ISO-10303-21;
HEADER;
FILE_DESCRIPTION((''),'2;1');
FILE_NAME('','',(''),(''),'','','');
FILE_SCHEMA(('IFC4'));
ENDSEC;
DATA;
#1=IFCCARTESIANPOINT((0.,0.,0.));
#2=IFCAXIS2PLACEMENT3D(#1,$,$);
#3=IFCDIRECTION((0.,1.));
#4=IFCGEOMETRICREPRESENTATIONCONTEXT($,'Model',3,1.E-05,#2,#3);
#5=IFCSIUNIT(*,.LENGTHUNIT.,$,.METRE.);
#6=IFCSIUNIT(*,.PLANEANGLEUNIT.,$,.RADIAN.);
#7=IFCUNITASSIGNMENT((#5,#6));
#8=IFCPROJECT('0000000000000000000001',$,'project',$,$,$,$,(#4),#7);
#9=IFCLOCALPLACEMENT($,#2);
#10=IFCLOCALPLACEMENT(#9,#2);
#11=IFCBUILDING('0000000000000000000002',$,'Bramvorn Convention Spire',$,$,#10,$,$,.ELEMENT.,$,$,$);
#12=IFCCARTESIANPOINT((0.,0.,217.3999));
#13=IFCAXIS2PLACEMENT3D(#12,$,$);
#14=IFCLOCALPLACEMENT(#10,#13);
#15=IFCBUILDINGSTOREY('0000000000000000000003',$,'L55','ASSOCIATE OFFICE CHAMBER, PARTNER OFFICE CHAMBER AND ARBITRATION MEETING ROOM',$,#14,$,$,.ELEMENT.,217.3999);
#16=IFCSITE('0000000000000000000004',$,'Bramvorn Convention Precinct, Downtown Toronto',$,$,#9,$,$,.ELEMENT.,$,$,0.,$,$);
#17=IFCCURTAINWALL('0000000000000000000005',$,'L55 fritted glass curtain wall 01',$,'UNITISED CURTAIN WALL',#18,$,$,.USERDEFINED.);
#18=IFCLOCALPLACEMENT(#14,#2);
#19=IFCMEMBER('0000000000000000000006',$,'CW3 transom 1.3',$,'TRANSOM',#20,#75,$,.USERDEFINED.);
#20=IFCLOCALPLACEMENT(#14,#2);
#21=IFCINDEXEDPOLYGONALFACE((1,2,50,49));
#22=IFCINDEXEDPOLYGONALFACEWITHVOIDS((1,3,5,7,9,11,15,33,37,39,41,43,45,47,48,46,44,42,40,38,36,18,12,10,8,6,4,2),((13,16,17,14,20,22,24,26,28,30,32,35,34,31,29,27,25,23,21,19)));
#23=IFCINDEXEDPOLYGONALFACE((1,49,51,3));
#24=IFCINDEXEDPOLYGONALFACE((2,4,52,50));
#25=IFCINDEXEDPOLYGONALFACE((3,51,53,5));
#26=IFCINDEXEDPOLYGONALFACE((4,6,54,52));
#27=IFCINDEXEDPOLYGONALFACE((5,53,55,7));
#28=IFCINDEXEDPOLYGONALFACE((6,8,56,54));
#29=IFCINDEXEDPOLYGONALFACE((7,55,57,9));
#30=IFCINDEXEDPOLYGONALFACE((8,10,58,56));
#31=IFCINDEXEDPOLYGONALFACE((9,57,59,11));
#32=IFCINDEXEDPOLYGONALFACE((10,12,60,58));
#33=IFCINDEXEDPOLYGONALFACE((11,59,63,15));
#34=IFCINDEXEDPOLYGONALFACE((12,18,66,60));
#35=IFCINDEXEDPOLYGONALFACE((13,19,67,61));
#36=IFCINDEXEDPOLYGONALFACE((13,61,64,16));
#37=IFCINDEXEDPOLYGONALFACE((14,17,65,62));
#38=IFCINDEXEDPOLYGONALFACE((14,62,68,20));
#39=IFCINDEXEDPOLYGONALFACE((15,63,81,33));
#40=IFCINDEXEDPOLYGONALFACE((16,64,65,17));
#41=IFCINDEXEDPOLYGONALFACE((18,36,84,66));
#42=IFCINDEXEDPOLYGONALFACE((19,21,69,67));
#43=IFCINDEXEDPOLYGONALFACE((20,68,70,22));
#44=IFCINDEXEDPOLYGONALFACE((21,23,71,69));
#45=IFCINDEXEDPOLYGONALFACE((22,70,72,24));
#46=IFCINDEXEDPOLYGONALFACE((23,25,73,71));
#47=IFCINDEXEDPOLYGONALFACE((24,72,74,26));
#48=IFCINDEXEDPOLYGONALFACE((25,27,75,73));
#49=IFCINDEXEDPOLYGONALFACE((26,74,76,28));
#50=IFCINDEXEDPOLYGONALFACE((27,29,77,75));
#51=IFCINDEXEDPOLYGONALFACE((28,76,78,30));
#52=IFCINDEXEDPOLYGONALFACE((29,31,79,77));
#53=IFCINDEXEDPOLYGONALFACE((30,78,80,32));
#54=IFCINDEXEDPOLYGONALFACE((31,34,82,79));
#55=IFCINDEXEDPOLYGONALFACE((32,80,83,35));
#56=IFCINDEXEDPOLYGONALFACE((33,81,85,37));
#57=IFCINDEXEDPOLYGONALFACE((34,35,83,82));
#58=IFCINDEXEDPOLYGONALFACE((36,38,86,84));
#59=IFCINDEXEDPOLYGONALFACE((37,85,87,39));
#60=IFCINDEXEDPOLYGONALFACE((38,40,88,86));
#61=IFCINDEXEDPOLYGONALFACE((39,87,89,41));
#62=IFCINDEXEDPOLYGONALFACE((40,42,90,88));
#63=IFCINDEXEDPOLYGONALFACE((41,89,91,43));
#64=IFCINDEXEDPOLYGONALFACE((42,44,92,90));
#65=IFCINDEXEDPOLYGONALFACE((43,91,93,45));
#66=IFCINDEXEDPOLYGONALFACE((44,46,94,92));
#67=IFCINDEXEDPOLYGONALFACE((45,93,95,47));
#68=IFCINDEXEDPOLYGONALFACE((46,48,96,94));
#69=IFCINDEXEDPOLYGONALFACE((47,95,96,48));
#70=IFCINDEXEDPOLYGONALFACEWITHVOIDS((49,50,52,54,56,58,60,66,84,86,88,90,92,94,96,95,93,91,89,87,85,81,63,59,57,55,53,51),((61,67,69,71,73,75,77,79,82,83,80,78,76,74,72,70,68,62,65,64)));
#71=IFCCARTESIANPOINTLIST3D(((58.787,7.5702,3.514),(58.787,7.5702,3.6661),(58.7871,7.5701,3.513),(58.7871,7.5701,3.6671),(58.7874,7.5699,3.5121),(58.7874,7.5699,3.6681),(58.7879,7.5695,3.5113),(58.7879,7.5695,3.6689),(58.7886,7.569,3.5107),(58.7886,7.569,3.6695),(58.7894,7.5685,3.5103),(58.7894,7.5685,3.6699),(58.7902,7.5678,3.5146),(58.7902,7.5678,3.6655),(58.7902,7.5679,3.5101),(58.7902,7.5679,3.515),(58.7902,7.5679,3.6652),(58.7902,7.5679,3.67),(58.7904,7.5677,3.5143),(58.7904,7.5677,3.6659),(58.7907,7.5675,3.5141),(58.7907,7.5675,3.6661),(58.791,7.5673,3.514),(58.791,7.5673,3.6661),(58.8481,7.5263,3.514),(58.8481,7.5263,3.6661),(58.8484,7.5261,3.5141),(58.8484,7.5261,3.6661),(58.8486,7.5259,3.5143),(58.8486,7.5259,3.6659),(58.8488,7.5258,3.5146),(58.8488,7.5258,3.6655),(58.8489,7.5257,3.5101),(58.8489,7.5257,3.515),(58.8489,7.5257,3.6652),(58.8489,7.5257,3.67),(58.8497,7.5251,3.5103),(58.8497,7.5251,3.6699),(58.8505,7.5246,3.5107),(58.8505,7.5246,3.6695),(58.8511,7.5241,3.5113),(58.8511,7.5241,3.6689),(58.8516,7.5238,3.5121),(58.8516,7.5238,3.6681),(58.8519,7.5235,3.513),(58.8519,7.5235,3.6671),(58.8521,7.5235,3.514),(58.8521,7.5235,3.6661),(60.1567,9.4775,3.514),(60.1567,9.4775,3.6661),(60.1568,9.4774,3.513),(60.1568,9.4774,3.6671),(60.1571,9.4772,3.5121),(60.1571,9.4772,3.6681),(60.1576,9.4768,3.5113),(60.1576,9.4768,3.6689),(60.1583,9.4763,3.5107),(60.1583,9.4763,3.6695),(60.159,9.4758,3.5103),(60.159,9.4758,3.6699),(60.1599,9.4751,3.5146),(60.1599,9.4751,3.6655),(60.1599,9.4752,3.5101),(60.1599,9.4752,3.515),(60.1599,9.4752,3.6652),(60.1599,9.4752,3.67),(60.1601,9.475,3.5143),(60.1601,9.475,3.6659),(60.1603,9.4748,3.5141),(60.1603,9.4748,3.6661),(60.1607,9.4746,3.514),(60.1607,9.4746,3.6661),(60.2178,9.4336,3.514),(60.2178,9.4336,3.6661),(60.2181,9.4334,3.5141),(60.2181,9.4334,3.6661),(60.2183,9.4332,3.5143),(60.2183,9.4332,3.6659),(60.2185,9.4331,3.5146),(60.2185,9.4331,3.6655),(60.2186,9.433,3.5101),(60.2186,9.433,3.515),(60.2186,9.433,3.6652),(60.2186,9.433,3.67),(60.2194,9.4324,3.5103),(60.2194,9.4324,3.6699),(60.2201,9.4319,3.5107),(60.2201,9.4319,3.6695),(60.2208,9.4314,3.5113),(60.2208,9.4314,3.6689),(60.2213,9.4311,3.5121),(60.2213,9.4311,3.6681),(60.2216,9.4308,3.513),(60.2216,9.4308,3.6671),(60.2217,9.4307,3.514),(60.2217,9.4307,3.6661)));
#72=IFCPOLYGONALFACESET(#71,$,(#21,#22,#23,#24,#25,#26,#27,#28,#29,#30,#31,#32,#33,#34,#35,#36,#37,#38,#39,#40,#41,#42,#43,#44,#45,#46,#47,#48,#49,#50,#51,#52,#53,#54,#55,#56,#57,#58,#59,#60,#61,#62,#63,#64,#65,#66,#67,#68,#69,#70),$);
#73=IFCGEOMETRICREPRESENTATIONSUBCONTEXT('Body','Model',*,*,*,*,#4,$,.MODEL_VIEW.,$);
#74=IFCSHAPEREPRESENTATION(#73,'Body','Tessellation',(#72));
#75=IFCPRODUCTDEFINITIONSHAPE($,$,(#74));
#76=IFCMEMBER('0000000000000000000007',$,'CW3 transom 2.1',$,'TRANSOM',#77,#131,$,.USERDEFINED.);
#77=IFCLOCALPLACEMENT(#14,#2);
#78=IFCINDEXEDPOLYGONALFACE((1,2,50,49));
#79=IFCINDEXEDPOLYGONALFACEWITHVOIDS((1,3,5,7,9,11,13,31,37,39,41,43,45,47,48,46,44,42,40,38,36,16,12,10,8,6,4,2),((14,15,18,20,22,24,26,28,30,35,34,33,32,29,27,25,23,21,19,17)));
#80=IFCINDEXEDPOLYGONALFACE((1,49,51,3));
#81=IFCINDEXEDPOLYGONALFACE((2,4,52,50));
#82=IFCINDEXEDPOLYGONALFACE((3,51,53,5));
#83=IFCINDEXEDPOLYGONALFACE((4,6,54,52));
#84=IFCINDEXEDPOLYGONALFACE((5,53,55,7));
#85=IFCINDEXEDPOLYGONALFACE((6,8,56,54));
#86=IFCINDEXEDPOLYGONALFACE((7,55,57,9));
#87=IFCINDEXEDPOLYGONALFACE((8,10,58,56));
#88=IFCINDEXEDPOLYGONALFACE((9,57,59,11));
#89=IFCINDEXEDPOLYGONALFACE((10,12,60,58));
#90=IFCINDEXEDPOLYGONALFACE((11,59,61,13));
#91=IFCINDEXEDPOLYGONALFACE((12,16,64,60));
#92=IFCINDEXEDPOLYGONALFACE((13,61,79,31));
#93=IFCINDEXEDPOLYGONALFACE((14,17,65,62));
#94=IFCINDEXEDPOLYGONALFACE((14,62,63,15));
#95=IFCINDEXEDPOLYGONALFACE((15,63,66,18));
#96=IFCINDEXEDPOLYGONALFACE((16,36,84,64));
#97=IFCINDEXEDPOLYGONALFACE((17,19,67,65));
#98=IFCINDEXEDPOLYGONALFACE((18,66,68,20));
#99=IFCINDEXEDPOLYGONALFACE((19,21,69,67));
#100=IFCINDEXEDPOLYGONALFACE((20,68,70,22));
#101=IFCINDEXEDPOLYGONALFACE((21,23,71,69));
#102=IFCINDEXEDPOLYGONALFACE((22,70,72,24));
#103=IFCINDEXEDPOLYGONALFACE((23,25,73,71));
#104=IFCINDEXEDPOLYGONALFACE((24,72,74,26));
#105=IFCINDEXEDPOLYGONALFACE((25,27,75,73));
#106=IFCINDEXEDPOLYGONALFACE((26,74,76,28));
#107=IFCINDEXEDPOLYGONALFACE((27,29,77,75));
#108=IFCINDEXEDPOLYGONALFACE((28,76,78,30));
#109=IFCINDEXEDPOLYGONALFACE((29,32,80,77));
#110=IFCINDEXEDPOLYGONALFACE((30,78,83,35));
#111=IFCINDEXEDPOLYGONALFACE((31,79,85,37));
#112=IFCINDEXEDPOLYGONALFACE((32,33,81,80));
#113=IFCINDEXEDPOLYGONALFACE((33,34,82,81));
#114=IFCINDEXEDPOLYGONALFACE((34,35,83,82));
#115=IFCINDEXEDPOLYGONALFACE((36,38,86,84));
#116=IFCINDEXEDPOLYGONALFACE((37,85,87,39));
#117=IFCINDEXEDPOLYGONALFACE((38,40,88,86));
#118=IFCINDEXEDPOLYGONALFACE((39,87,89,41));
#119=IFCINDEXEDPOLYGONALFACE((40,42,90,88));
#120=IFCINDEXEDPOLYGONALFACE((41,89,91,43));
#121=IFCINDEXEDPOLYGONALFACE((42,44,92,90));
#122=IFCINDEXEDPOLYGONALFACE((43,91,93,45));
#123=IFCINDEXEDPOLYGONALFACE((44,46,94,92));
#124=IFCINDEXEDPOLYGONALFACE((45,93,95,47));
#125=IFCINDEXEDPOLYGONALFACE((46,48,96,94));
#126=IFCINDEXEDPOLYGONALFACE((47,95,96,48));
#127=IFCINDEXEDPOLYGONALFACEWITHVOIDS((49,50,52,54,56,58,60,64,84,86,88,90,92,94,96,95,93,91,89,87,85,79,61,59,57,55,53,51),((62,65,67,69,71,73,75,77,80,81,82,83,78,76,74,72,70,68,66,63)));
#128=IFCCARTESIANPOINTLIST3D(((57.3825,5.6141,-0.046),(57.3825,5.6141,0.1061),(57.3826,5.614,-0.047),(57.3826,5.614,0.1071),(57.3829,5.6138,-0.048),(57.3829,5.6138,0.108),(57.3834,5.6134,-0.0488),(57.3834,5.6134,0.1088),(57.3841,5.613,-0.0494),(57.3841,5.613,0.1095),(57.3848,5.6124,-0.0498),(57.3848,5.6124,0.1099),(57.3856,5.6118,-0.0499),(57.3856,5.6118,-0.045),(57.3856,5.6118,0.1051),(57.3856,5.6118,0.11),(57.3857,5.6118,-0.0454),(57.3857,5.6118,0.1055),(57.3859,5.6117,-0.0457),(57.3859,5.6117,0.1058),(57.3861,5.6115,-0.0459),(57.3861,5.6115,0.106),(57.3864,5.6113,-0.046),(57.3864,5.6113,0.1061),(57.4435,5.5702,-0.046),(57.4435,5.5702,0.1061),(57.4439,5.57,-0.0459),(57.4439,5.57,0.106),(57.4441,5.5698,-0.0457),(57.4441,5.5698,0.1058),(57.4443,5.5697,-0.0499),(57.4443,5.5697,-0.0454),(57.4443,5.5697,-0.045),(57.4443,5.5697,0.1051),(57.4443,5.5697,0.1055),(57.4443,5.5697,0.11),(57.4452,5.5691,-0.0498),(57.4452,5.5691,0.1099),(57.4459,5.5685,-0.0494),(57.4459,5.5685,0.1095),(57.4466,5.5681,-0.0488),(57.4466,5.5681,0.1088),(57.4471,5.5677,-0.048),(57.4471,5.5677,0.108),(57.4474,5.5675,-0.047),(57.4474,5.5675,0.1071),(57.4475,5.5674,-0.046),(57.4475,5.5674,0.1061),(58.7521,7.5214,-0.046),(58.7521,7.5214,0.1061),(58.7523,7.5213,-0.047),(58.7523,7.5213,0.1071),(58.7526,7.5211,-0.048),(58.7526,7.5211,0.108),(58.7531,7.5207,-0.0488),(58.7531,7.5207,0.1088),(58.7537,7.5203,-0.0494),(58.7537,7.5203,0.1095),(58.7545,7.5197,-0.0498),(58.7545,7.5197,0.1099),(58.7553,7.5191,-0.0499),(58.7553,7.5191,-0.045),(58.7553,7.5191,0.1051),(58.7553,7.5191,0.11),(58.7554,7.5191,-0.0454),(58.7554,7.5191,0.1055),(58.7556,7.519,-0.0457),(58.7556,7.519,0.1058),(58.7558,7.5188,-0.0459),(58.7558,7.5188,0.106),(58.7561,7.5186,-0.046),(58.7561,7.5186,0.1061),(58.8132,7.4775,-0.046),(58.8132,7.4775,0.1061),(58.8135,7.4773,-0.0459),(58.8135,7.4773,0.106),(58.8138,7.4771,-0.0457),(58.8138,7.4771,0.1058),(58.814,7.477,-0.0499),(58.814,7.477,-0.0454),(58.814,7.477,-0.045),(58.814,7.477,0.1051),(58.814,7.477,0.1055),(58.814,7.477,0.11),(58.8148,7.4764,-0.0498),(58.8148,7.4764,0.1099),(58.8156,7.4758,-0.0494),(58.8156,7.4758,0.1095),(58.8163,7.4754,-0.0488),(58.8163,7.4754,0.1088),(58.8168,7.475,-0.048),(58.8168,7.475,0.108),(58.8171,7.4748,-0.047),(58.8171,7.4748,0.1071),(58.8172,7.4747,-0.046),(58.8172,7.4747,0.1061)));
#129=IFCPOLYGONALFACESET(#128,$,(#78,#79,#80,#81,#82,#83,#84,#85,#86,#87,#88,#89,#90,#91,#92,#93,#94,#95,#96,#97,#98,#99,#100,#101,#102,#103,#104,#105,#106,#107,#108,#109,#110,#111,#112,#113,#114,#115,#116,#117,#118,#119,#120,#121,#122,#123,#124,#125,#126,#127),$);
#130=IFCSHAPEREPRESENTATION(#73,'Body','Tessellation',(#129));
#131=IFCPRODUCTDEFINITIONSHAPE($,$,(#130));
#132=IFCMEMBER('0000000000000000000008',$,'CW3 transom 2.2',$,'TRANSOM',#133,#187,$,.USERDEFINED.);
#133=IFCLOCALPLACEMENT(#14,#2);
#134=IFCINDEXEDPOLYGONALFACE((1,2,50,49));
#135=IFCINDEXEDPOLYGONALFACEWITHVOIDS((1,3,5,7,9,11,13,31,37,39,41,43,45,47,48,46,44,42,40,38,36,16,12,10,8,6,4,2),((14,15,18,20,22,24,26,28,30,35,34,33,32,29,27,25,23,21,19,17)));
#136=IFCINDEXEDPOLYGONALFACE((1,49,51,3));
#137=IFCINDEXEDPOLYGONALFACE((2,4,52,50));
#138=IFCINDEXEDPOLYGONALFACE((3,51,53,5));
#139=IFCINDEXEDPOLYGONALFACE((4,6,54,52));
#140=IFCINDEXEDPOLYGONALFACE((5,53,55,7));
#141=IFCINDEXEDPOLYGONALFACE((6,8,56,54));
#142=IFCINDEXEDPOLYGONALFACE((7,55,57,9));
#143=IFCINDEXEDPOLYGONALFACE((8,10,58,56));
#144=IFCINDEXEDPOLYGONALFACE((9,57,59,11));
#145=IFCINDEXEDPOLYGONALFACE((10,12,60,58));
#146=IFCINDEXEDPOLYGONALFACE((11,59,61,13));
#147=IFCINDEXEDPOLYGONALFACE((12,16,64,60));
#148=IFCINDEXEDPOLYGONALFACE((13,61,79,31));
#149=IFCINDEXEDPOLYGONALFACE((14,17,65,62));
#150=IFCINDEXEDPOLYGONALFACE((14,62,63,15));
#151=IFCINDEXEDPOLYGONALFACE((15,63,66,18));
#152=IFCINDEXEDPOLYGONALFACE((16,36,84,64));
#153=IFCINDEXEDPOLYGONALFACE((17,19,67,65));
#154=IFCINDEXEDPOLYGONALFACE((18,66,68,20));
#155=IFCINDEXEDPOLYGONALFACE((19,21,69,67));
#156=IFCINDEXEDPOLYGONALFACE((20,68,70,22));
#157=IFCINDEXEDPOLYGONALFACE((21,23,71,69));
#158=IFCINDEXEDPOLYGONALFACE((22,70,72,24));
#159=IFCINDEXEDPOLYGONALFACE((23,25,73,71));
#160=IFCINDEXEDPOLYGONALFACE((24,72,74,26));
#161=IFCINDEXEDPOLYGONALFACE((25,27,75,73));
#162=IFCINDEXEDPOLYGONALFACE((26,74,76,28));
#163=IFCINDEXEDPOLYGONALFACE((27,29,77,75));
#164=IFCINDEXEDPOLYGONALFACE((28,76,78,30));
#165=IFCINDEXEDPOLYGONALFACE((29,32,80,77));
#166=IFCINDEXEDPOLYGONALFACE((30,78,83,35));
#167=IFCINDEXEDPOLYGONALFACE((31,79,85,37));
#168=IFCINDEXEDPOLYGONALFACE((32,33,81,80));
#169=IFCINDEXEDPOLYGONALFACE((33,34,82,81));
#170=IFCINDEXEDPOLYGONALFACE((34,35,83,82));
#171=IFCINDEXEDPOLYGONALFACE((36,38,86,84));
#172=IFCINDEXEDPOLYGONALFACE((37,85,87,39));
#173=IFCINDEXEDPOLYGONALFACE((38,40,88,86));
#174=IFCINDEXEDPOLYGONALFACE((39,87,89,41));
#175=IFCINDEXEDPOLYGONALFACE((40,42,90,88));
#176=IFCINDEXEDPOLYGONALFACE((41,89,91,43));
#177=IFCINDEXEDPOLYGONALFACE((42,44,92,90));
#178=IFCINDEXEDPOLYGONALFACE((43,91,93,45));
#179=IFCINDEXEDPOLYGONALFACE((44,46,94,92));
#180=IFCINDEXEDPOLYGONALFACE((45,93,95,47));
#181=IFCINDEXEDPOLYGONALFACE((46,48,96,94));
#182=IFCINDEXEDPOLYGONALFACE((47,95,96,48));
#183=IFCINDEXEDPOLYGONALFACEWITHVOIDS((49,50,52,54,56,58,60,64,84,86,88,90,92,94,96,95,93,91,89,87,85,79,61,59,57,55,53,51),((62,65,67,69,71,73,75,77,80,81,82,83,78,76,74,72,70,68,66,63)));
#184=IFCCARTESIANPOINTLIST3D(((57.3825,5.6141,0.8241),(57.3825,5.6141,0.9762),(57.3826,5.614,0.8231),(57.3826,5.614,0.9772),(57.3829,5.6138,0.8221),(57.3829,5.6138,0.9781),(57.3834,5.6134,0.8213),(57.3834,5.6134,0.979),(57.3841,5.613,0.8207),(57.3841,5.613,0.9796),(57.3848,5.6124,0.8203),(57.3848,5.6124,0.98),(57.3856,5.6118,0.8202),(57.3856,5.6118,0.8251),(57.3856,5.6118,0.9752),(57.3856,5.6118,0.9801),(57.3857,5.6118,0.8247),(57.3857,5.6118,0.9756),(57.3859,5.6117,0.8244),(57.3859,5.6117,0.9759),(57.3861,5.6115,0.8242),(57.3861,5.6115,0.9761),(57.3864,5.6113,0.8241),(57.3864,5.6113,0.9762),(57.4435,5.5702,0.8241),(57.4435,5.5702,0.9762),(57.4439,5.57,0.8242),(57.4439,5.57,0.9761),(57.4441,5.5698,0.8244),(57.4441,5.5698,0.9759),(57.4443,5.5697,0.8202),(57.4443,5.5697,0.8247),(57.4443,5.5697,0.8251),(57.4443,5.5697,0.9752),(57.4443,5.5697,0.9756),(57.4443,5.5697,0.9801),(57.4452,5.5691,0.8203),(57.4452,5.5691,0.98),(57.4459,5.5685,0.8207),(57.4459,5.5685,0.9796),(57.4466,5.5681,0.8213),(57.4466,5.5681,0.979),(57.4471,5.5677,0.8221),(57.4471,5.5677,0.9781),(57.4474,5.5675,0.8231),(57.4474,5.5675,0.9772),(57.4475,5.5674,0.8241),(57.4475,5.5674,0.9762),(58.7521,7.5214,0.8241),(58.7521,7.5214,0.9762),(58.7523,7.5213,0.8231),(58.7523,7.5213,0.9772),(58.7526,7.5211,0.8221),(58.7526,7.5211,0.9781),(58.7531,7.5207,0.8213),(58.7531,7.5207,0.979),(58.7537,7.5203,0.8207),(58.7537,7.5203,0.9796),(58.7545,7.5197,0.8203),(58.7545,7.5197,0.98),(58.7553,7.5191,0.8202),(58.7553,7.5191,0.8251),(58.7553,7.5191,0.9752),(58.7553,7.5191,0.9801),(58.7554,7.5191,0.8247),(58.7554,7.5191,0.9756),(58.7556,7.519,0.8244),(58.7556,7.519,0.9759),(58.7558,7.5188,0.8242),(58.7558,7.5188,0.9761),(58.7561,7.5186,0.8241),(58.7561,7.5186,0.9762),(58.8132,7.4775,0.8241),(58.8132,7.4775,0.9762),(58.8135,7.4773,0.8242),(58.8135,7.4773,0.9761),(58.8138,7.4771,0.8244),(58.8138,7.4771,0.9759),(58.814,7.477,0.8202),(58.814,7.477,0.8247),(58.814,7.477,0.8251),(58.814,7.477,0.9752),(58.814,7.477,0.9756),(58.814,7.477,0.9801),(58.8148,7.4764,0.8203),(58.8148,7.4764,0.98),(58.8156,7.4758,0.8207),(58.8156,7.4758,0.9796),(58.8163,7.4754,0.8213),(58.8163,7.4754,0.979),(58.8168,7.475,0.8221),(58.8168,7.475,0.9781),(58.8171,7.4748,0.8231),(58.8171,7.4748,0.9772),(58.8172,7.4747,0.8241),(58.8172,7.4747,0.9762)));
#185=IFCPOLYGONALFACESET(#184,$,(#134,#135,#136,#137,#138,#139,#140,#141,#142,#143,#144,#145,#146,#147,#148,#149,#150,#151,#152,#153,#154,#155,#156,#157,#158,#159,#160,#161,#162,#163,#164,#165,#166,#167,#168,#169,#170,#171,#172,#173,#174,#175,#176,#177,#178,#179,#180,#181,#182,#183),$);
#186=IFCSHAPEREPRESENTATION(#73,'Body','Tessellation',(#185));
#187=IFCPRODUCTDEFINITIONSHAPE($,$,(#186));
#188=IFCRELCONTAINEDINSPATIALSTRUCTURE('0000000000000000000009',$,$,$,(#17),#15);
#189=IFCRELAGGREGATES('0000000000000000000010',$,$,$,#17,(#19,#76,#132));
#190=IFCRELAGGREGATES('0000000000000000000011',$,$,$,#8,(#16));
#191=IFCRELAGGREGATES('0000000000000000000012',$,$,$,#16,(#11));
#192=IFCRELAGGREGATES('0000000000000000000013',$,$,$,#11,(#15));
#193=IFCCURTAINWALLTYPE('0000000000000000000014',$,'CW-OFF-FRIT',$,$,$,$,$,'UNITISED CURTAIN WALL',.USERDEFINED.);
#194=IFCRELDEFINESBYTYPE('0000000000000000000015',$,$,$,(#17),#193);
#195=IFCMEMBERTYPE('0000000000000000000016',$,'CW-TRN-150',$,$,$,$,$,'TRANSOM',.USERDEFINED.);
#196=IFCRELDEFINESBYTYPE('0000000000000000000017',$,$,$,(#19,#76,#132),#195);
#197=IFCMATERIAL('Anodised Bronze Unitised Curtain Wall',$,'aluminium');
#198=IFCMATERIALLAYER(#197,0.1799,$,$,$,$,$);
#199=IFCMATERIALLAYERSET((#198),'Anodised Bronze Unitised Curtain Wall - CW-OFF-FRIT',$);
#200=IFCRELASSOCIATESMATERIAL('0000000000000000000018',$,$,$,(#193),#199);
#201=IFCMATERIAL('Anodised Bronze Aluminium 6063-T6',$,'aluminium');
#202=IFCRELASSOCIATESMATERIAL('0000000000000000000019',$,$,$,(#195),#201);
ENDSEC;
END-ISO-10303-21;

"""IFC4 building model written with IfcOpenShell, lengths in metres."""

from ifc_helpers import new_model, si_unit, direction, frame, origin, origin_2d, place, context, subcontext, project, spatial, hollow_rectangle, extrude, material, layer, layer_set, material_profile, profile_set, type_object, element, aggregate, save


model = new_model("IFC4")

# Units and contexts
model_context = context("Model", 3, precision=1e-05, world=origin(), true_north=direction((0.0, 1.0)))
body_context = subcontext(model_context, "Body", "Model", "MODEL_VIEW")
ifc_project = project(units=[si_unit("LENGTHUNIT", "METRE"), si_unit("PLANEANGLEUNIT", "RADIAN")], contexts=[model_context])

# Site, building, storey
site_placement = place(None, origin())
site = spatial("IfcSite", under=ifc_project, at=site_placement, Name="Bramvorn Convention Precinct, Downtown Toronto", CompositionType="ELEMENT", RefElevation=0.0)
building_placement = place(site_placement, origin())
building = spatial("IfcBuilding", under=site, at=building_placement, Name="Bramvorn Convention Spire", CompositionType="ELEMENT")
storey_placement = place(building_placement, frame((0.0, 0.0, 217.3999)))
storey = spatial("IfcBuildingStorey", under=building, at=storey_placement, Name="L55", Description="ASSOCIATE OFFICE CHAMBER, PARTNER OFFICE CHAMBER AND ARBITRATION MEETING ROOM", CompositionType="ELEMENT", Elevation=217.3999)

# Curtain wall
ifc_material_1 = material(Name="Anodised Bronze Unitised Curtain Wall", Category="aluminium")
ifc_layer_1 = layer(ifc_material_1, 0.1799)
ifc_layer_set_1 = layer_set([ifc_layer_1], Name="Anodised Bronze Unitised Curtain Wall - CW-OFF-FRIT")
curtain_wall_type = type_object("IfcCurtainWallType", Name="CW-OFF-FRIT", ElementType="UNITISED CURTAIN WALL", PredefinedType="USERDEFINED", material=ifc_layer_set_1)
curtain_wall_1_placement = place(storey_placement, origin())
curtain_wall_1 = element("IfcCurtainWall", 1, at=curtain_wall_1_placement, inside=storey, type_object=curtain_wall_type, Name="L55 fritted glass curtain wall 01", ObjectType="UNITISED CURTAIN WALL", PredefinedType="USERDEFINED")
ifc_material_2 = material(Name="Anodised Bronze Aluminium 6063-T6", Category="aluminium")

# Members
ifc_material_profile_1 = material_profile(ifc_material_2, hollow_rectangle(XDim=0.0801, YDim=0.1599, WallThickness=0.0039, InnerFilletRadius=0.001, OuterFilletRadius=0.0039, at=origin_2d()))
ifc_profile_set_1 = profile_set([ifc_material_profile_1], Name="Anodised Bronze Aluminium 6063-T6 - CWT80X160")
member_type_1 = type_object("IfcMemberType", Name="CW-TRN-150", ElementType="TRANSOM", PredefinedType="USERDEFINED", material=ifc_profile_set_1)
member_1_placement = place(storey_placement, frame((60.1892, 9.4541, 3.5901), z_axis=(-0.583302, -0.812256, 0.0), x_axis=(0.812256, -0.583302, 0.0)))
member_1 = element("IfcMember", 2, at=member_1_placement, type_object=member_type_1, Name="CW3 transom 1.3", ObjectType="TRANSOM", PredefinedType="USERDEFINED", context=body_context, shape_type="SweptSolid", body=[
    extrude(hollow_rectangle(XDim=0.0801, YDim=0.1599, WallThickness=0.0039, InnerFilletRadius=0.001, OuterFilletRadius=0.0039, at=origin_2d()), origin(), (0.0, 0.0, 1.0), 2.3481),
])
member_2_placement = place(storey_placement, frame((58.7847, 7.498, 0.03), z_axis=(-0.583302, -0.812256, 0.0), x_axis=(0.812256, -0.583302, 0.0)))
member_2 = element("IfcMember", 3, at=member_2_placement, type_object=member_type_1, Name="CW3 transom 2.1", ObjectType="TRANSOM", PredefinedType="USERDEFINED", context=body_context, shape_type="SweptSolid", body=[
    extrude(hollow_rectangle(XDim=0.0801, YDim=0.1599, WallThickness=0.0039, InnerFilletRadius=0.001, OuterFilletRadius=0.0039, at=origin_2d()), origin(), (0.0, 0.0, 1.0), 2.3481),
])
member_3_placement = place(storey_placement, frame((58.7847, 7.498, 0.9001), z_axis=(-0.583302, -0.812256, 0.0), x_axis=(0.812256, -0.583302, 0.0)))
member_3 = element("IfcMember", 4, at=member_3_placement, type_object=member_type_1, Name="CW3 transom 2.2", ObjectType="TRANSOM", PredefinedType="USERDEFINED", context=body_context, shape_type="SweptSolid", body=[
    extrude(hollow_rectangle(XDim=0.0801, YDim=0.1599, WallThickness=0.0039, InnerFilletRadius=0.001, OuterFilletRadius=0.0039, at=origin_2d()), origin(), (0.0, 0.0, 1.0), 2.3481),
])

aggregate(curtain_wall_1, [member_1, member_2, member_3])

save(model, "model.ifc")
